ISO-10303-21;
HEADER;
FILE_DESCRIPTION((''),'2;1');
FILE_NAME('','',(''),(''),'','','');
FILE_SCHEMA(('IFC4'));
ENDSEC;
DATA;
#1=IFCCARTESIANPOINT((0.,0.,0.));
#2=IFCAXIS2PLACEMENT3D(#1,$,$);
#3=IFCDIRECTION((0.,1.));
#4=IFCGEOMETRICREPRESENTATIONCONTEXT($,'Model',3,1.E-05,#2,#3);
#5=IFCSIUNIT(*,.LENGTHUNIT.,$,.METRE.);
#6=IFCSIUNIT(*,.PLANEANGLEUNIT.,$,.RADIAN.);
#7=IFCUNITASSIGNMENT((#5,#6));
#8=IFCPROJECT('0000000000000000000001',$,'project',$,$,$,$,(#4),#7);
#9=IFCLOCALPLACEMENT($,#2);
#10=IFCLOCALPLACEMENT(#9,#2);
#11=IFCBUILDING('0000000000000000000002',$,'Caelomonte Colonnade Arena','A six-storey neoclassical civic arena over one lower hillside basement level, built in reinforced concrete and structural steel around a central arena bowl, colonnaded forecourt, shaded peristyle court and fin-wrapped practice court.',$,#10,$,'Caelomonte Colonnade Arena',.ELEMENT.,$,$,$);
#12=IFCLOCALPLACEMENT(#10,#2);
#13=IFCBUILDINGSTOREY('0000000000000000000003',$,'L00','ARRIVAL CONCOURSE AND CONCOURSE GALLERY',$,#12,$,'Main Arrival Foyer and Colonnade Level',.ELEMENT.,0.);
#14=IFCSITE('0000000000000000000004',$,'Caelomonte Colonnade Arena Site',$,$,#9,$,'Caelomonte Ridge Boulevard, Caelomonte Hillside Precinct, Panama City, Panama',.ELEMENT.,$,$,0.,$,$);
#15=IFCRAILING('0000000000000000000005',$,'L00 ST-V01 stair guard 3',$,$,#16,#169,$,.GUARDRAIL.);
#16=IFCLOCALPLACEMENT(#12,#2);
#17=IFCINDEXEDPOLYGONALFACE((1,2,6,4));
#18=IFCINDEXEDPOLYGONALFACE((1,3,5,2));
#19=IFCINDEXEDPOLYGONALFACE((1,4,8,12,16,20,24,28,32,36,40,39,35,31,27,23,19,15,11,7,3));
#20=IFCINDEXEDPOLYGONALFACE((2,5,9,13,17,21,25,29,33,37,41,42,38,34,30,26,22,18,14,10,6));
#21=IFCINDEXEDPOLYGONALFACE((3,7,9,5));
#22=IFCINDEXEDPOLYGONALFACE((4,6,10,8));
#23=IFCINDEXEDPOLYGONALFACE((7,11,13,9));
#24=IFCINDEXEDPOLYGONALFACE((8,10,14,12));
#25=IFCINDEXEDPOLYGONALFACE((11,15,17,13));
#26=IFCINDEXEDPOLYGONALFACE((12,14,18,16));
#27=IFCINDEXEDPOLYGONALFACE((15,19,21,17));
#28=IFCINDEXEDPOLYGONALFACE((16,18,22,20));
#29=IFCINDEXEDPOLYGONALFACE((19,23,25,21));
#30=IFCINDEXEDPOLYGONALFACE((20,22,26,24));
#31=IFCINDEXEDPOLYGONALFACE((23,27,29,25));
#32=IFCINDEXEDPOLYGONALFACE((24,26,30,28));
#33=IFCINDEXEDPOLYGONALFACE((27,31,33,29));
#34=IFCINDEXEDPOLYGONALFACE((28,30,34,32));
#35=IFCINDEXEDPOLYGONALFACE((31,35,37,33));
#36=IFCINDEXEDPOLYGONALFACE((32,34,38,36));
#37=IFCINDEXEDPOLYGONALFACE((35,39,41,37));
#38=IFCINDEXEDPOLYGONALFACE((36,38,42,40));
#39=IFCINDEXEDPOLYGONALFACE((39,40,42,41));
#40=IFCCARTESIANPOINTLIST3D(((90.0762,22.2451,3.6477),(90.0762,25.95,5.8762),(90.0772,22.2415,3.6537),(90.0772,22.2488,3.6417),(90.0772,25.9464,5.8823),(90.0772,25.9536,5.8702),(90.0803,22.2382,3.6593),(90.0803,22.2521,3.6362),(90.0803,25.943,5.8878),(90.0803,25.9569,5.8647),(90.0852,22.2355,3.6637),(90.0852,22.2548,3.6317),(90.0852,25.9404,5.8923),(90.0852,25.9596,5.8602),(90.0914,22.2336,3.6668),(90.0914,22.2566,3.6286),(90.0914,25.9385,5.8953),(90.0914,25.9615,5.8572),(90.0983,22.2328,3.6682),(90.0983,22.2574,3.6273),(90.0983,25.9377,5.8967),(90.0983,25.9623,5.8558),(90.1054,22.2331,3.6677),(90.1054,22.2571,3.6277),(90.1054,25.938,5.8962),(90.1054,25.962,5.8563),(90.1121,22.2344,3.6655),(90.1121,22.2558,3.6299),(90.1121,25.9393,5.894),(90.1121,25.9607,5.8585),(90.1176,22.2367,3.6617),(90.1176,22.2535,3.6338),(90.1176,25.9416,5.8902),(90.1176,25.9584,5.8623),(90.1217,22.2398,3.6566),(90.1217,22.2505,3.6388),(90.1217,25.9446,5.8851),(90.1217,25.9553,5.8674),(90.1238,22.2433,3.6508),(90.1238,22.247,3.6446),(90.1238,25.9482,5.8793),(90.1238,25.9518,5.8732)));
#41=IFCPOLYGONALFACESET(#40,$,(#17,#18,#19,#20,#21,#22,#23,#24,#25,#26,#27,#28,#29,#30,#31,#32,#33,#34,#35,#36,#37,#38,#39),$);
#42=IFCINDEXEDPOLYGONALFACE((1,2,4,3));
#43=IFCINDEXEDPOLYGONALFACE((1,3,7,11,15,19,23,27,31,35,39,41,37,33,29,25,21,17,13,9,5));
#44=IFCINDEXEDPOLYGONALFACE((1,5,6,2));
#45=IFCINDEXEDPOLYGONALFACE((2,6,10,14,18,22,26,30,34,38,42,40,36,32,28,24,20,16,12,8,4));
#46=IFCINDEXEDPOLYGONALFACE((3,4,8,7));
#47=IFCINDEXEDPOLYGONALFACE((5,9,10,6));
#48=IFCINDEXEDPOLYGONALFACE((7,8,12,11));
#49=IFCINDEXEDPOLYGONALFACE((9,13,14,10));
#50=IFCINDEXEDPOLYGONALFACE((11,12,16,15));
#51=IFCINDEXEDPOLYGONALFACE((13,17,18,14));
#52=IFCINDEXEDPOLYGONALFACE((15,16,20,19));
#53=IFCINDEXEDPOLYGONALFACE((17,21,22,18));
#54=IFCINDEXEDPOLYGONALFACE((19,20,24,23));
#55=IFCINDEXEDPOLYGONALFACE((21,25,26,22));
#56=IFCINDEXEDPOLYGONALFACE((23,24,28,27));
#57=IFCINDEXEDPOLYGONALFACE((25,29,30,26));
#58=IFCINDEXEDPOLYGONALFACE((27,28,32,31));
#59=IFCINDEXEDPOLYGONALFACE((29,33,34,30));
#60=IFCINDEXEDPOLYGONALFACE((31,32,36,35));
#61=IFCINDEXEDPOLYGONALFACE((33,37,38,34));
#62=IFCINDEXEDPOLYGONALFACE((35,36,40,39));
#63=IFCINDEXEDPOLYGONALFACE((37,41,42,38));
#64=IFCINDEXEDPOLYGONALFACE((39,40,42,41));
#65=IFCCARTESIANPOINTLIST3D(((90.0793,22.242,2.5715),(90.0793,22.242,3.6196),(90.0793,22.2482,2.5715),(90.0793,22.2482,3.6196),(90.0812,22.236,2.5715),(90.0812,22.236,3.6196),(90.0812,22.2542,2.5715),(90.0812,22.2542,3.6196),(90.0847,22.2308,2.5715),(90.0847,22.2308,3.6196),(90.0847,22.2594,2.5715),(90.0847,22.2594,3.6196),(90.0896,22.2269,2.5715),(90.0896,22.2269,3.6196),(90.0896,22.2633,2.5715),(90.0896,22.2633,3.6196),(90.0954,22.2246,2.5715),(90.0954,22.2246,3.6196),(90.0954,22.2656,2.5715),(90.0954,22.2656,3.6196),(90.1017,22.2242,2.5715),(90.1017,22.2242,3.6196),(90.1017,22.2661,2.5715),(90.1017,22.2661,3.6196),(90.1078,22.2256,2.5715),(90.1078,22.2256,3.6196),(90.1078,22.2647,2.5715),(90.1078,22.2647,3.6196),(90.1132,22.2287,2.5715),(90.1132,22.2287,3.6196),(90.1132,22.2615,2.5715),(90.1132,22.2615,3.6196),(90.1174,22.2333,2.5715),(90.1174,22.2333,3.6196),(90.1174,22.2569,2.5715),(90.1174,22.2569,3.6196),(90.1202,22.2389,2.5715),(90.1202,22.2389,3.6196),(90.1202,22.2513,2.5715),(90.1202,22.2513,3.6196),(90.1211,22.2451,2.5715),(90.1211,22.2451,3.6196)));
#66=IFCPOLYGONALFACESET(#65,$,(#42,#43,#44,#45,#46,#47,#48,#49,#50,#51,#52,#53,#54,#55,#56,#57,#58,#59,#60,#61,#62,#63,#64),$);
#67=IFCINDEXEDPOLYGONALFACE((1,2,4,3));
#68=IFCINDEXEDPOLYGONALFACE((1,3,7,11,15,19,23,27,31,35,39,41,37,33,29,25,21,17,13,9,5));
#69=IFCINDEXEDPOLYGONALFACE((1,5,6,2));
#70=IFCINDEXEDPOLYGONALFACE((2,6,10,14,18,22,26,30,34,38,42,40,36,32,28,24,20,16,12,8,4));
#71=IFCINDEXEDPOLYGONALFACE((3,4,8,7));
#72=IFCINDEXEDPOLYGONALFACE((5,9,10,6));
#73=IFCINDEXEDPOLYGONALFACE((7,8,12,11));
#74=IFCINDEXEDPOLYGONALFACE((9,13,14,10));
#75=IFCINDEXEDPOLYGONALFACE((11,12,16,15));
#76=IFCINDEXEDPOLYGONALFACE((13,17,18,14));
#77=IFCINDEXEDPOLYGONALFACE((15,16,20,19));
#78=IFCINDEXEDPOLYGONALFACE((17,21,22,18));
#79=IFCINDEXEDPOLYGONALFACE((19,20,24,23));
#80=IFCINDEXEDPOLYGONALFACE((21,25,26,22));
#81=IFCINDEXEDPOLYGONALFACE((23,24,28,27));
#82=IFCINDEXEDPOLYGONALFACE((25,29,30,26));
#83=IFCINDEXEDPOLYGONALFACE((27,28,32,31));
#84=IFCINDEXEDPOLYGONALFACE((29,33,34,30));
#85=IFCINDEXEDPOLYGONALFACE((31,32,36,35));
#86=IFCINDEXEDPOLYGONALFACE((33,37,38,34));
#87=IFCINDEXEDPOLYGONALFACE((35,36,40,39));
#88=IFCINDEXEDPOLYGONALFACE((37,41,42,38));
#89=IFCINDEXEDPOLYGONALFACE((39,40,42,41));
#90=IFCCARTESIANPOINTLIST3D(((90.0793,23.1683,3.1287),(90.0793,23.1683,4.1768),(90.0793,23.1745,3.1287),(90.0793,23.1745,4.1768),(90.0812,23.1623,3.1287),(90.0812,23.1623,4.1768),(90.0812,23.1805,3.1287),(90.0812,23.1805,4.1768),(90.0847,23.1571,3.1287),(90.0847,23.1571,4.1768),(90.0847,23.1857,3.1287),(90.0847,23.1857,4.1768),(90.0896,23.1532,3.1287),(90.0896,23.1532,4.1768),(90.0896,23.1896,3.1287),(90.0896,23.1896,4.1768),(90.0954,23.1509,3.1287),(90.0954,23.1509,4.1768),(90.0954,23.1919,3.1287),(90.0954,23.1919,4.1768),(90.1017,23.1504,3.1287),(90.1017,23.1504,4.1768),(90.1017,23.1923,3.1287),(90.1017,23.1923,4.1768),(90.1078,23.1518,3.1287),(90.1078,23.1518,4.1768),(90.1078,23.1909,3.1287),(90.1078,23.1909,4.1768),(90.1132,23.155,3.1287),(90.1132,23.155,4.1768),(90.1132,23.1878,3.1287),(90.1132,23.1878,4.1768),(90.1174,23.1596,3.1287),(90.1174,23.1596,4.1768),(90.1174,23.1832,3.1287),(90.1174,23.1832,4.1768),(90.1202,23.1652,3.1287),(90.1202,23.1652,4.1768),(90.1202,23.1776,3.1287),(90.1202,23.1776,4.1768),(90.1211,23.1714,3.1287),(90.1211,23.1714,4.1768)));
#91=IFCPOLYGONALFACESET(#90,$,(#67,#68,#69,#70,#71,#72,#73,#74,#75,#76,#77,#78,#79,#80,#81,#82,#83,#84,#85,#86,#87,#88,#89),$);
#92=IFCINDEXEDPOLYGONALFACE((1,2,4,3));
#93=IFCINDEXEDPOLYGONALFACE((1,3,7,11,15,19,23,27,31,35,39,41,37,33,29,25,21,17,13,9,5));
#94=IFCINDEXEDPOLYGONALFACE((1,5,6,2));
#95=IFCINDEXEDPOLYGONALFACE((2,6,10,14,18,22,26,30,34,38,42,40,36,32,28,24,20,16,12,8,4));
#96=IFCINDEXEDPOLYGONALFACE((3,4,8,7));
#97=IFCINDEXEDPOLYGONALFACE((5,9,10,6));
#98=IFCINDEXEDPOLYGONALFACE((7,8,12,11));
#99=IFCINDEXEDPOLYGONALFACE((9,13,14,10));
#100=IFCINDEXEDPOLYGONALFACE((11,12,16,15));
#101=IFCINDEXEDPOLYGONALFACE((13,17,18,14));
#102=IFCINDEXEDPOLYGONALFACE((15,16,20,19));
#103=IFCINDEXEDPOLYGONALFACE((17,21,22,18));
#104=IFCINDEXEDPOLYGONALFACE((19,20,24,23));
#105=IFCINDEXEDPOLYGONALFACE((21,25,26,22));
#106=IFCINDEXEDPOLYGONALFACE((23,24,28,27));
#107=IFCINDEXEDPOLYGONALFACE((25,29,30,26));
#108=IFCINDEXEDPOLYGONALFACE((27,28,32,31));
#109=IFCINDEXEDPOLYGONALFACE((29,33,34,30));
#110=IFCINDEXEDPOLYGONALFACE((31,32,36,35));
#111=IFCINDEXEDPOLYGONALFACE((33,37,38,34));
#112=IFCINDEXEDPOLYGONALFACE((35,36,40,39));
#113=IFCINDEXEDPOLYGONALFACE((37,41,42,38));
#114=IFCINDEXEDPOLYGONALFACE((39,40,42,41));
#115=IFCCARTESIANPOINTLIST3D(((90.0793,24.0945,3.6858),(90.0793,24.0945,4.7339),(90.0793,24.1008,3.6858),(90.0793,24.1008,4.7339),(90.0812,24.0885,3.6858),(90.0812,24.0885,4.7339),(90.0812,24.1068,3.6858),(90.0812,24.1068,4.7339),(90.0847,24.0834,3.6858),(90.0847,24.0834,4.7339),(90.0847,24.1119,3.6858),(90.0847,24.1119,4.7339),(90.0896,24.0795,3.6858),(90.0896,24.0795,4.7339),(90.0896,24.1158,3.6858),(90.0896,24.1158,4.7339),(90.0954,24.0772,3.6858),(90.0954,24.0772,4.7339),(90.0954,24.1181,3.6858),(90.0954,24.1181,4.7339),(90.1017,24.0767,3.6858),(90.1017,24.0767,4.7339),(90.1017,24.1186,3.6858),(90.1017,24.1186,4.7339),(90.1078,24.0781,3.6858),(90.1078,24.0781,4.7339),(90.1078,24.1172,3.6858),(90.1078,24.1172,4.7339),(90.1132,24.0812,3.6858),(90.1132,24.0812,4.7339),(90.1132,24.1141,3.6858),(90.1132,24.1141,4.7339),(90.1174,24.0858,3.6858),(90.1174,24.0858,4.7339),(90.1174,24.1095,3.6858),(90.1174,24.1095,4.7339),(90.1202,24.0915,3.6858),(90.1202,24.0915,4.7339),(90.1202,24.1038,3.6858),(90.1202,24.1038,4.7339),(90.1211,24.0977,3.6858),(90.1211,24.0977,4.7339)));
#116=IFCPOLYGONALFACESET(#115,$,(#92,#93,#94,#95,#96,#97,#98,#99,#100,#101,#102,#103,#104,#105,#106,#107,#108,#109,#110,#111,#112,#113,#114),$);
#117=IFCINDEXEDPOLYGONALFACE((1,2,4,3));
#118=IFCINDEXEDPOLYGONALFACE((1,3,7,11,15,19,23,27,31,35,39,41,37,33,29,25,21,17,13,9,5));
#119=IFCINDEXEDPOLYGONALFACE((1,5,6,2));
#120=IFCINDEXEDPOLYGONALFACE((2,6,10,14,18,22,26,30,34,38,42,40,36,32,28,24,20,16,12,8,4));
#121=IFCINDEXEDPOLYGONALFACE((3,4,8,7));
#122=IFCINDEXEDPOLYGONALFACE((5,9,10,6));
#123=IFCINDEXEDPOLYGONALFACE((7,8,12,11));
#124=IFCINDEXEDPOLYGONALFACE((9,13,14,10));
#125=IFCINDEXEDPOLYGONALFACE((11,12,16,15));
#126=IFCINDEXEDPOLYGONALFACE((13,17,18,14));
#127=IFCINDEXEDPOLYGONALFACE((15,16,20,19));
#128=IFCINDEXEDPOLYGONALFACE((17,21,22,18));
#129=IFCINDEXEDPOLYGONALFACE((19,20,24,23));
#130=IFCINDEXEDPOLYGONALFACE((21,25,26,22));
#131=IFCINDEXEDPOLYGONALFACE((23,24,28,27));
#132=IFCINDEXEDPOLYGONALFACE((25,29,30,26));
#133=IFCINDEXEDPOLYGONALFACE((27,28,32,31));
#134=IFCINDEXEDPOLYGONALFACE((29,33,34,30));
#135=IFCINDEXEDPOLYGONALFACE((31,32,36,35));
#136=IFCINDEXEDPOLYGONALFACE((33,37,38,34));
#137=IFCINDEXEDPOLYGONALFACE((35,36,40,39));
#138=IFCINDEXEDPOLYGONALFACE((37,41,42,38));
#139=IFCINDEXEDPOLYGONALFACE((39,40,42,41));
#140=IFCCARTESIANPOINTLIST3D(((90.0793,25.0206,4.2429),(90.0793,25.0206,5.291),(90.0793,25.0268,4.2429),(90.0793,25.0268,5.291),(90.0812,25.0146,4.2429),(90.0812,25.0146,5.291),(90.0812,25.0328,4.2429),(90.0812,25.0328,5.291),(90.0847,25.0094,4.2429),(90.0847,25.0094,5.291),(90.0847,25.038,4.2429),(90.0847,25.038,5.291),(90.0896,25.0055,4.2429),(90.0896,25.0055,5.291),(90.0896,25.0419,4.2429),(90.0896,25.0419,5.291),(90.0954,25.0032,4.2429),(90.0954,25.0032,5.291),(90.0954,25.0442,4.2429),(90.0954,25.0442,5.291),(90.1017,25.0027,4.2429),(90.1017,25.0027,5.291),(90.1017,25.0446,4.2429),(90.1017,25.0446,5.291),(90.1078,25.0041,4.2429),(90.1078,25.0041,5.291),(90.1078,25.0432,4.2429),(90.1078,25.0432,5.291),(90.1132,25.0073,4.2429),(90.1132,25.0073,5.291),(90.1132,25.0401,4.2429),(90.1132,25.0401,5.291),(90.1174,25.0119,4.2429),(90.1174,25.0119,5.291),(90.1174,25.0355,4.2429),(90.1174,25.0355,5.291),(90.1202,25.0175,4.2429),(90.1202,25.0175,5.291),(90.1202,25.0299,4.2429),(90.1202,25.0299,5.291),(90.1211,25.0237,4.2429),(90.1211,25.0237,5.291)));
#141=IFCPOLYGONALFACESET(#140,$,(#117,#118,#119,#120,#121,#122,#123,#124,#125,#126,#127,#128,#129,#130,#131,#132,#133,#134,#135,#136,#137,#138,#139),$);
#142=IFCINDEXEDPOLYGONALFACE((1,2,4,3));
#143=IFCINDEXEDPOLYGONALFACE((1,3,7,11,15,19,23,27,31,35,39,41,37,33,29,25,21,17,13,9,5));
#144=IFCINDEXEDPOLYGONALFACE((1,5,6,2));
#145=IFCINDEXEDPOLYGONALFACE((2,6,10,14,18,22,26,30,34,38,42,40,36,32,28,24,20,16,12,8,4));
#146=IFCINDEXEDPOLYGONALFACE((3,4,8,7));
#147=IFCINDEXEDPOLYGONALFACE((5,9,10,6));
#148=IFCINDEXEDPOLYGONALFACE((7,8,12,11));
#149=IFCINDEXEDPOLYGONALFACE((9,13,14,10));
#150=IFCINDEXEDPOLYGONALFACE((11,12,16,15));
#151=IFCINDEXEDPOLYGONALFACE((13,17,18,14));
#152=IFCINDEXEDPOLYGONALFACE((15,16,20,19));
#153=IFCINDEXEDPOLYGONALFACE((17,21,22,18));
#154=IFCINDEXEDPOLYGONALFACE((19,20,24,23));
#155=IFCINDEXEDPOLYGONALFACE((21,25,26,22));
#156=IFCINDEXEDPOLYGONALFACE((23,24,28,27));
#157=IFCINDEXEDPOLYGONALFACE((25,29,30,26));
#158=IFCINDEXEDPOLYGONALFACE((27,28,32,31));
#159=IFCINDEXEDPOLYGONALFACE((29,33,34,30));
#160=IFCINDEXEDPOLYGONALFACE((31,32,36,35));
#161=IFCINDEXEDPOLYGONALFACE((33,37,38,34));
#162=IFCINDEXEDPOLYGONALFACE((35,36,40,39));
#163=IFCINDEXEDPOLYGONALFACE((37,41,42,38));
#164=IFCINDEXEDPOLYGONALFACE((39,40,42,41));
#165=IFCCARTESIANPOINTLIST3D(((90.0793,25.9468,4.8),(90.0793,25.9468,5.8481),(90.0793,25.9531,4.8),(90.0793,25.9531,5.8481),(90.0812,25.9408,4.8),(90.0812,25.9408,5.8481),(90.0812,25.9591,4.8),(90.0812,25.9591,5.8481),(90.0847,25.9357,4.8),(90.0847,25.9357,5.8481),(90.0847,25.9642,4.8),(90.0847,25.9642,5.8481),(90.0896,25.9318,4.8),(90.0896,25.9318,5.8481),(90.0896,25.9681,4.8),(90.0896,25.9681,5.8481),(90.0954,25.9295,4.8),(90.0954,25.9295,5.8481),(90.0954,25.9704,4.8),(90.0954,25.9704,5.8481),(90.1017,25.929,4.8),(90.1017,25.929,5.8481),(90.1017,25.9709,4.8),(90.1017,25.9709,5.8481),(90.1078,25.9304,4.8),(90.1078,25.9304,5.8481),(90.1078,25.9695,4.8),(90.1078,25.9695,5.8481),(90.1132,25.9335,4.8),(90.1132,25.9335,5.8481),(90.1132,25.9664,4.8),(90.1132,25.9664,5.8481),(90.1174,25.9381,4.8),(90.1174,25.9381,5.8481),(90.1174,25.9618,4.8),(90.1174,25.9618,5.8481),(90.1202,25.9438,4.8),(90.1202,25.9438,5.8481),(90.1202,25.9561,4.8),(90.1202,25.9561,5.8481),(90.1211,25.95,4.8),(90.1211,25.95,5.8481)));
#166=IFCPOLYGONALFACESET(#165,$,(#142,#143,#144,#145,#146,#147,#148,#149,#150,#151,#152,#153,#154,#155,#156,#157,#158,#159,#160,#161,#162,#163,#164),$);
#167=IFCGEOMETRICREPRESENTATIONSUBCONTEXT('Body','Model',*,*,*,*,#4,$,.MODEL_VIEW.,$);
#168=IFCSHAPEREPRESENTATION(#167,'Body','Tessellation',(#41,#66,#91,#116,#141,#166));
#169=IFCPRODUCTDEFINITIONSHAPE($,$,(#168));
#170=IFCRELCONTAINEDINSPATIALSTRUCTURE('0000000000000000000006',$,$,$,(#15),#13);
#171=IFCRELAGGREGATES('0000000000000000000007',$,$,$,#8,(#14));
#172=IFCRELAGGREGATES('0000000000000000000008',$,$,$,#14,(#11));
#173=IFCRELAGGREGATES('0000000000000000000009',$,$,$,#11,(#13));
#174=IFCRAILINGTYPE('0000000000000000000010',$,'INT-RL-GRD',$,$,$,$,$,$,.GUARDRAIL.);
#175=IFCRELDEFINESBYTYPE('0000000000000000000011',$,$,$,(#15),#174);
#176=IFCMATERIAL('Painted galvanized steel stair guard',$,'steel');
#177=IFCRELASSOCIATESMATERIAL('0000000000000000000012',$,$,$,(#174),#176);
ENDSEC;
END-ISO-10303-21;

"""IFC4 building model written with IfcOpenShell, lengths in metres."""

from ifc_helpers import new_model, si_unit, direction, frame, origin, origin_2d, place, context, subcontext, project, spatial, circle, extrude, material, type_object, element, save


model = new_model("IFC4")

# Units and contexts
model_context = context("Model", 3, precision=1e-05, world=origin(), true_north=direction((0.0, 1.0)))
body_context = subcontext(model_context, "Body", "Model", "MODEL_VIEW")
ifc_project = project(units=[si_unit("LENGTHUNIT", "METRE"), si_unit("PLANEANGLEUNIT", "RADIAN")], contexts=[model_context])

# Site, building, storey
site_placement = place(None, origin())
site = spatial("IfcSite", under=ifc_project, at=site_placement, Name="Caelomonte Colonnade Arena Site", LongName="Caelomonte Ridge Boulevard, Caelomonte Hillside Precinct, Panama City, Panama", CompositionType="ELEMENT", RefElevation=0.0)
building_placement = place(site_placement, origin())
building = spatial("IfcBuilding", under=site, at=building_placement, Name="Caelomonte Colonnade Arena", Description="A six-storey neoclassical civic arena over one lower hillside basement level, built in reinforced concrete and structural steel around a central arena bowl, colonnaded forecourt, shaded peristyle court and fin-wrapped practice court.", LongName="Caelomonte Colonnade Arena", CompositionType="ELEMENT")
storey_placement = place(building_placement, origin())
storey = spatial("IfcBuildingStorey", under=building, at=storey_placement, Name="L00", Description="ARRIVAL CONCOURSE AND CONCOURSE GALLERY", LongName="Main Arrival Foyer and Colonnade Level", CompositionType="ELEMENT", Elevation=0.0)

# Railing
ifc_material_1 = material(Name="Painted galvanized steel stair guard", Category="steel")
railing_type_1 = type_object("IfcRailingType", Name="INT-RL-GRD", PredefinedType="GUARDRAIL", material=ifc_material_1)
railing_1_placement = place(storey_placement, frame((90.1001, 22.2451, 2.5715)))
element("IfcRailing", 1, at=railing_1_placement, inside=storey, type_object=railing_type_1, Name="L00 ST-V01 stair guard 3", PredefinedType="GUARDRAIL", context=body_context, shape_type="SweptSolid", body=[
    extrude(circle(Radius=0.0239, at=origin_2d()), frame((0.0, 0.0, 1.0762), z_axis=(0.0, 0.856919, 0.51545), x_axis=(-1.0, 0.0, 0.0)), (0.0, 0.0, 1.0), 4.3235),
    extrude(circle(Radius=0.021, at=origin_2d()), origin(), (0.0, 0.0, 1.0), 1.0481),
    extrude(circle(Radius=0.021, at=origin_2d()), frame((0.0, 0.9263, 0.5571)), (0.0, 0.0, 1.0), 1.0481),
    extrude(circle(Radius=0.021, at=origin_2d()), frame((0.0, 1.8525, 1.1143)), (0.0, 0.0, 1.0), 1.0481),
    extrude(circle(Radius=0.021, at=origin_2d()), frame((0.0, 2.7786, 1.6714)), (0.0, 0.0, 1.0), 1.0481),
    extrude(circle(Radius=0.021, at=origin_2d()), frame((0.0, 3.7048, 2.2285)), (0.0, 0.0, 1.0), 1.0481),
])

save(model, "model.ifc")
